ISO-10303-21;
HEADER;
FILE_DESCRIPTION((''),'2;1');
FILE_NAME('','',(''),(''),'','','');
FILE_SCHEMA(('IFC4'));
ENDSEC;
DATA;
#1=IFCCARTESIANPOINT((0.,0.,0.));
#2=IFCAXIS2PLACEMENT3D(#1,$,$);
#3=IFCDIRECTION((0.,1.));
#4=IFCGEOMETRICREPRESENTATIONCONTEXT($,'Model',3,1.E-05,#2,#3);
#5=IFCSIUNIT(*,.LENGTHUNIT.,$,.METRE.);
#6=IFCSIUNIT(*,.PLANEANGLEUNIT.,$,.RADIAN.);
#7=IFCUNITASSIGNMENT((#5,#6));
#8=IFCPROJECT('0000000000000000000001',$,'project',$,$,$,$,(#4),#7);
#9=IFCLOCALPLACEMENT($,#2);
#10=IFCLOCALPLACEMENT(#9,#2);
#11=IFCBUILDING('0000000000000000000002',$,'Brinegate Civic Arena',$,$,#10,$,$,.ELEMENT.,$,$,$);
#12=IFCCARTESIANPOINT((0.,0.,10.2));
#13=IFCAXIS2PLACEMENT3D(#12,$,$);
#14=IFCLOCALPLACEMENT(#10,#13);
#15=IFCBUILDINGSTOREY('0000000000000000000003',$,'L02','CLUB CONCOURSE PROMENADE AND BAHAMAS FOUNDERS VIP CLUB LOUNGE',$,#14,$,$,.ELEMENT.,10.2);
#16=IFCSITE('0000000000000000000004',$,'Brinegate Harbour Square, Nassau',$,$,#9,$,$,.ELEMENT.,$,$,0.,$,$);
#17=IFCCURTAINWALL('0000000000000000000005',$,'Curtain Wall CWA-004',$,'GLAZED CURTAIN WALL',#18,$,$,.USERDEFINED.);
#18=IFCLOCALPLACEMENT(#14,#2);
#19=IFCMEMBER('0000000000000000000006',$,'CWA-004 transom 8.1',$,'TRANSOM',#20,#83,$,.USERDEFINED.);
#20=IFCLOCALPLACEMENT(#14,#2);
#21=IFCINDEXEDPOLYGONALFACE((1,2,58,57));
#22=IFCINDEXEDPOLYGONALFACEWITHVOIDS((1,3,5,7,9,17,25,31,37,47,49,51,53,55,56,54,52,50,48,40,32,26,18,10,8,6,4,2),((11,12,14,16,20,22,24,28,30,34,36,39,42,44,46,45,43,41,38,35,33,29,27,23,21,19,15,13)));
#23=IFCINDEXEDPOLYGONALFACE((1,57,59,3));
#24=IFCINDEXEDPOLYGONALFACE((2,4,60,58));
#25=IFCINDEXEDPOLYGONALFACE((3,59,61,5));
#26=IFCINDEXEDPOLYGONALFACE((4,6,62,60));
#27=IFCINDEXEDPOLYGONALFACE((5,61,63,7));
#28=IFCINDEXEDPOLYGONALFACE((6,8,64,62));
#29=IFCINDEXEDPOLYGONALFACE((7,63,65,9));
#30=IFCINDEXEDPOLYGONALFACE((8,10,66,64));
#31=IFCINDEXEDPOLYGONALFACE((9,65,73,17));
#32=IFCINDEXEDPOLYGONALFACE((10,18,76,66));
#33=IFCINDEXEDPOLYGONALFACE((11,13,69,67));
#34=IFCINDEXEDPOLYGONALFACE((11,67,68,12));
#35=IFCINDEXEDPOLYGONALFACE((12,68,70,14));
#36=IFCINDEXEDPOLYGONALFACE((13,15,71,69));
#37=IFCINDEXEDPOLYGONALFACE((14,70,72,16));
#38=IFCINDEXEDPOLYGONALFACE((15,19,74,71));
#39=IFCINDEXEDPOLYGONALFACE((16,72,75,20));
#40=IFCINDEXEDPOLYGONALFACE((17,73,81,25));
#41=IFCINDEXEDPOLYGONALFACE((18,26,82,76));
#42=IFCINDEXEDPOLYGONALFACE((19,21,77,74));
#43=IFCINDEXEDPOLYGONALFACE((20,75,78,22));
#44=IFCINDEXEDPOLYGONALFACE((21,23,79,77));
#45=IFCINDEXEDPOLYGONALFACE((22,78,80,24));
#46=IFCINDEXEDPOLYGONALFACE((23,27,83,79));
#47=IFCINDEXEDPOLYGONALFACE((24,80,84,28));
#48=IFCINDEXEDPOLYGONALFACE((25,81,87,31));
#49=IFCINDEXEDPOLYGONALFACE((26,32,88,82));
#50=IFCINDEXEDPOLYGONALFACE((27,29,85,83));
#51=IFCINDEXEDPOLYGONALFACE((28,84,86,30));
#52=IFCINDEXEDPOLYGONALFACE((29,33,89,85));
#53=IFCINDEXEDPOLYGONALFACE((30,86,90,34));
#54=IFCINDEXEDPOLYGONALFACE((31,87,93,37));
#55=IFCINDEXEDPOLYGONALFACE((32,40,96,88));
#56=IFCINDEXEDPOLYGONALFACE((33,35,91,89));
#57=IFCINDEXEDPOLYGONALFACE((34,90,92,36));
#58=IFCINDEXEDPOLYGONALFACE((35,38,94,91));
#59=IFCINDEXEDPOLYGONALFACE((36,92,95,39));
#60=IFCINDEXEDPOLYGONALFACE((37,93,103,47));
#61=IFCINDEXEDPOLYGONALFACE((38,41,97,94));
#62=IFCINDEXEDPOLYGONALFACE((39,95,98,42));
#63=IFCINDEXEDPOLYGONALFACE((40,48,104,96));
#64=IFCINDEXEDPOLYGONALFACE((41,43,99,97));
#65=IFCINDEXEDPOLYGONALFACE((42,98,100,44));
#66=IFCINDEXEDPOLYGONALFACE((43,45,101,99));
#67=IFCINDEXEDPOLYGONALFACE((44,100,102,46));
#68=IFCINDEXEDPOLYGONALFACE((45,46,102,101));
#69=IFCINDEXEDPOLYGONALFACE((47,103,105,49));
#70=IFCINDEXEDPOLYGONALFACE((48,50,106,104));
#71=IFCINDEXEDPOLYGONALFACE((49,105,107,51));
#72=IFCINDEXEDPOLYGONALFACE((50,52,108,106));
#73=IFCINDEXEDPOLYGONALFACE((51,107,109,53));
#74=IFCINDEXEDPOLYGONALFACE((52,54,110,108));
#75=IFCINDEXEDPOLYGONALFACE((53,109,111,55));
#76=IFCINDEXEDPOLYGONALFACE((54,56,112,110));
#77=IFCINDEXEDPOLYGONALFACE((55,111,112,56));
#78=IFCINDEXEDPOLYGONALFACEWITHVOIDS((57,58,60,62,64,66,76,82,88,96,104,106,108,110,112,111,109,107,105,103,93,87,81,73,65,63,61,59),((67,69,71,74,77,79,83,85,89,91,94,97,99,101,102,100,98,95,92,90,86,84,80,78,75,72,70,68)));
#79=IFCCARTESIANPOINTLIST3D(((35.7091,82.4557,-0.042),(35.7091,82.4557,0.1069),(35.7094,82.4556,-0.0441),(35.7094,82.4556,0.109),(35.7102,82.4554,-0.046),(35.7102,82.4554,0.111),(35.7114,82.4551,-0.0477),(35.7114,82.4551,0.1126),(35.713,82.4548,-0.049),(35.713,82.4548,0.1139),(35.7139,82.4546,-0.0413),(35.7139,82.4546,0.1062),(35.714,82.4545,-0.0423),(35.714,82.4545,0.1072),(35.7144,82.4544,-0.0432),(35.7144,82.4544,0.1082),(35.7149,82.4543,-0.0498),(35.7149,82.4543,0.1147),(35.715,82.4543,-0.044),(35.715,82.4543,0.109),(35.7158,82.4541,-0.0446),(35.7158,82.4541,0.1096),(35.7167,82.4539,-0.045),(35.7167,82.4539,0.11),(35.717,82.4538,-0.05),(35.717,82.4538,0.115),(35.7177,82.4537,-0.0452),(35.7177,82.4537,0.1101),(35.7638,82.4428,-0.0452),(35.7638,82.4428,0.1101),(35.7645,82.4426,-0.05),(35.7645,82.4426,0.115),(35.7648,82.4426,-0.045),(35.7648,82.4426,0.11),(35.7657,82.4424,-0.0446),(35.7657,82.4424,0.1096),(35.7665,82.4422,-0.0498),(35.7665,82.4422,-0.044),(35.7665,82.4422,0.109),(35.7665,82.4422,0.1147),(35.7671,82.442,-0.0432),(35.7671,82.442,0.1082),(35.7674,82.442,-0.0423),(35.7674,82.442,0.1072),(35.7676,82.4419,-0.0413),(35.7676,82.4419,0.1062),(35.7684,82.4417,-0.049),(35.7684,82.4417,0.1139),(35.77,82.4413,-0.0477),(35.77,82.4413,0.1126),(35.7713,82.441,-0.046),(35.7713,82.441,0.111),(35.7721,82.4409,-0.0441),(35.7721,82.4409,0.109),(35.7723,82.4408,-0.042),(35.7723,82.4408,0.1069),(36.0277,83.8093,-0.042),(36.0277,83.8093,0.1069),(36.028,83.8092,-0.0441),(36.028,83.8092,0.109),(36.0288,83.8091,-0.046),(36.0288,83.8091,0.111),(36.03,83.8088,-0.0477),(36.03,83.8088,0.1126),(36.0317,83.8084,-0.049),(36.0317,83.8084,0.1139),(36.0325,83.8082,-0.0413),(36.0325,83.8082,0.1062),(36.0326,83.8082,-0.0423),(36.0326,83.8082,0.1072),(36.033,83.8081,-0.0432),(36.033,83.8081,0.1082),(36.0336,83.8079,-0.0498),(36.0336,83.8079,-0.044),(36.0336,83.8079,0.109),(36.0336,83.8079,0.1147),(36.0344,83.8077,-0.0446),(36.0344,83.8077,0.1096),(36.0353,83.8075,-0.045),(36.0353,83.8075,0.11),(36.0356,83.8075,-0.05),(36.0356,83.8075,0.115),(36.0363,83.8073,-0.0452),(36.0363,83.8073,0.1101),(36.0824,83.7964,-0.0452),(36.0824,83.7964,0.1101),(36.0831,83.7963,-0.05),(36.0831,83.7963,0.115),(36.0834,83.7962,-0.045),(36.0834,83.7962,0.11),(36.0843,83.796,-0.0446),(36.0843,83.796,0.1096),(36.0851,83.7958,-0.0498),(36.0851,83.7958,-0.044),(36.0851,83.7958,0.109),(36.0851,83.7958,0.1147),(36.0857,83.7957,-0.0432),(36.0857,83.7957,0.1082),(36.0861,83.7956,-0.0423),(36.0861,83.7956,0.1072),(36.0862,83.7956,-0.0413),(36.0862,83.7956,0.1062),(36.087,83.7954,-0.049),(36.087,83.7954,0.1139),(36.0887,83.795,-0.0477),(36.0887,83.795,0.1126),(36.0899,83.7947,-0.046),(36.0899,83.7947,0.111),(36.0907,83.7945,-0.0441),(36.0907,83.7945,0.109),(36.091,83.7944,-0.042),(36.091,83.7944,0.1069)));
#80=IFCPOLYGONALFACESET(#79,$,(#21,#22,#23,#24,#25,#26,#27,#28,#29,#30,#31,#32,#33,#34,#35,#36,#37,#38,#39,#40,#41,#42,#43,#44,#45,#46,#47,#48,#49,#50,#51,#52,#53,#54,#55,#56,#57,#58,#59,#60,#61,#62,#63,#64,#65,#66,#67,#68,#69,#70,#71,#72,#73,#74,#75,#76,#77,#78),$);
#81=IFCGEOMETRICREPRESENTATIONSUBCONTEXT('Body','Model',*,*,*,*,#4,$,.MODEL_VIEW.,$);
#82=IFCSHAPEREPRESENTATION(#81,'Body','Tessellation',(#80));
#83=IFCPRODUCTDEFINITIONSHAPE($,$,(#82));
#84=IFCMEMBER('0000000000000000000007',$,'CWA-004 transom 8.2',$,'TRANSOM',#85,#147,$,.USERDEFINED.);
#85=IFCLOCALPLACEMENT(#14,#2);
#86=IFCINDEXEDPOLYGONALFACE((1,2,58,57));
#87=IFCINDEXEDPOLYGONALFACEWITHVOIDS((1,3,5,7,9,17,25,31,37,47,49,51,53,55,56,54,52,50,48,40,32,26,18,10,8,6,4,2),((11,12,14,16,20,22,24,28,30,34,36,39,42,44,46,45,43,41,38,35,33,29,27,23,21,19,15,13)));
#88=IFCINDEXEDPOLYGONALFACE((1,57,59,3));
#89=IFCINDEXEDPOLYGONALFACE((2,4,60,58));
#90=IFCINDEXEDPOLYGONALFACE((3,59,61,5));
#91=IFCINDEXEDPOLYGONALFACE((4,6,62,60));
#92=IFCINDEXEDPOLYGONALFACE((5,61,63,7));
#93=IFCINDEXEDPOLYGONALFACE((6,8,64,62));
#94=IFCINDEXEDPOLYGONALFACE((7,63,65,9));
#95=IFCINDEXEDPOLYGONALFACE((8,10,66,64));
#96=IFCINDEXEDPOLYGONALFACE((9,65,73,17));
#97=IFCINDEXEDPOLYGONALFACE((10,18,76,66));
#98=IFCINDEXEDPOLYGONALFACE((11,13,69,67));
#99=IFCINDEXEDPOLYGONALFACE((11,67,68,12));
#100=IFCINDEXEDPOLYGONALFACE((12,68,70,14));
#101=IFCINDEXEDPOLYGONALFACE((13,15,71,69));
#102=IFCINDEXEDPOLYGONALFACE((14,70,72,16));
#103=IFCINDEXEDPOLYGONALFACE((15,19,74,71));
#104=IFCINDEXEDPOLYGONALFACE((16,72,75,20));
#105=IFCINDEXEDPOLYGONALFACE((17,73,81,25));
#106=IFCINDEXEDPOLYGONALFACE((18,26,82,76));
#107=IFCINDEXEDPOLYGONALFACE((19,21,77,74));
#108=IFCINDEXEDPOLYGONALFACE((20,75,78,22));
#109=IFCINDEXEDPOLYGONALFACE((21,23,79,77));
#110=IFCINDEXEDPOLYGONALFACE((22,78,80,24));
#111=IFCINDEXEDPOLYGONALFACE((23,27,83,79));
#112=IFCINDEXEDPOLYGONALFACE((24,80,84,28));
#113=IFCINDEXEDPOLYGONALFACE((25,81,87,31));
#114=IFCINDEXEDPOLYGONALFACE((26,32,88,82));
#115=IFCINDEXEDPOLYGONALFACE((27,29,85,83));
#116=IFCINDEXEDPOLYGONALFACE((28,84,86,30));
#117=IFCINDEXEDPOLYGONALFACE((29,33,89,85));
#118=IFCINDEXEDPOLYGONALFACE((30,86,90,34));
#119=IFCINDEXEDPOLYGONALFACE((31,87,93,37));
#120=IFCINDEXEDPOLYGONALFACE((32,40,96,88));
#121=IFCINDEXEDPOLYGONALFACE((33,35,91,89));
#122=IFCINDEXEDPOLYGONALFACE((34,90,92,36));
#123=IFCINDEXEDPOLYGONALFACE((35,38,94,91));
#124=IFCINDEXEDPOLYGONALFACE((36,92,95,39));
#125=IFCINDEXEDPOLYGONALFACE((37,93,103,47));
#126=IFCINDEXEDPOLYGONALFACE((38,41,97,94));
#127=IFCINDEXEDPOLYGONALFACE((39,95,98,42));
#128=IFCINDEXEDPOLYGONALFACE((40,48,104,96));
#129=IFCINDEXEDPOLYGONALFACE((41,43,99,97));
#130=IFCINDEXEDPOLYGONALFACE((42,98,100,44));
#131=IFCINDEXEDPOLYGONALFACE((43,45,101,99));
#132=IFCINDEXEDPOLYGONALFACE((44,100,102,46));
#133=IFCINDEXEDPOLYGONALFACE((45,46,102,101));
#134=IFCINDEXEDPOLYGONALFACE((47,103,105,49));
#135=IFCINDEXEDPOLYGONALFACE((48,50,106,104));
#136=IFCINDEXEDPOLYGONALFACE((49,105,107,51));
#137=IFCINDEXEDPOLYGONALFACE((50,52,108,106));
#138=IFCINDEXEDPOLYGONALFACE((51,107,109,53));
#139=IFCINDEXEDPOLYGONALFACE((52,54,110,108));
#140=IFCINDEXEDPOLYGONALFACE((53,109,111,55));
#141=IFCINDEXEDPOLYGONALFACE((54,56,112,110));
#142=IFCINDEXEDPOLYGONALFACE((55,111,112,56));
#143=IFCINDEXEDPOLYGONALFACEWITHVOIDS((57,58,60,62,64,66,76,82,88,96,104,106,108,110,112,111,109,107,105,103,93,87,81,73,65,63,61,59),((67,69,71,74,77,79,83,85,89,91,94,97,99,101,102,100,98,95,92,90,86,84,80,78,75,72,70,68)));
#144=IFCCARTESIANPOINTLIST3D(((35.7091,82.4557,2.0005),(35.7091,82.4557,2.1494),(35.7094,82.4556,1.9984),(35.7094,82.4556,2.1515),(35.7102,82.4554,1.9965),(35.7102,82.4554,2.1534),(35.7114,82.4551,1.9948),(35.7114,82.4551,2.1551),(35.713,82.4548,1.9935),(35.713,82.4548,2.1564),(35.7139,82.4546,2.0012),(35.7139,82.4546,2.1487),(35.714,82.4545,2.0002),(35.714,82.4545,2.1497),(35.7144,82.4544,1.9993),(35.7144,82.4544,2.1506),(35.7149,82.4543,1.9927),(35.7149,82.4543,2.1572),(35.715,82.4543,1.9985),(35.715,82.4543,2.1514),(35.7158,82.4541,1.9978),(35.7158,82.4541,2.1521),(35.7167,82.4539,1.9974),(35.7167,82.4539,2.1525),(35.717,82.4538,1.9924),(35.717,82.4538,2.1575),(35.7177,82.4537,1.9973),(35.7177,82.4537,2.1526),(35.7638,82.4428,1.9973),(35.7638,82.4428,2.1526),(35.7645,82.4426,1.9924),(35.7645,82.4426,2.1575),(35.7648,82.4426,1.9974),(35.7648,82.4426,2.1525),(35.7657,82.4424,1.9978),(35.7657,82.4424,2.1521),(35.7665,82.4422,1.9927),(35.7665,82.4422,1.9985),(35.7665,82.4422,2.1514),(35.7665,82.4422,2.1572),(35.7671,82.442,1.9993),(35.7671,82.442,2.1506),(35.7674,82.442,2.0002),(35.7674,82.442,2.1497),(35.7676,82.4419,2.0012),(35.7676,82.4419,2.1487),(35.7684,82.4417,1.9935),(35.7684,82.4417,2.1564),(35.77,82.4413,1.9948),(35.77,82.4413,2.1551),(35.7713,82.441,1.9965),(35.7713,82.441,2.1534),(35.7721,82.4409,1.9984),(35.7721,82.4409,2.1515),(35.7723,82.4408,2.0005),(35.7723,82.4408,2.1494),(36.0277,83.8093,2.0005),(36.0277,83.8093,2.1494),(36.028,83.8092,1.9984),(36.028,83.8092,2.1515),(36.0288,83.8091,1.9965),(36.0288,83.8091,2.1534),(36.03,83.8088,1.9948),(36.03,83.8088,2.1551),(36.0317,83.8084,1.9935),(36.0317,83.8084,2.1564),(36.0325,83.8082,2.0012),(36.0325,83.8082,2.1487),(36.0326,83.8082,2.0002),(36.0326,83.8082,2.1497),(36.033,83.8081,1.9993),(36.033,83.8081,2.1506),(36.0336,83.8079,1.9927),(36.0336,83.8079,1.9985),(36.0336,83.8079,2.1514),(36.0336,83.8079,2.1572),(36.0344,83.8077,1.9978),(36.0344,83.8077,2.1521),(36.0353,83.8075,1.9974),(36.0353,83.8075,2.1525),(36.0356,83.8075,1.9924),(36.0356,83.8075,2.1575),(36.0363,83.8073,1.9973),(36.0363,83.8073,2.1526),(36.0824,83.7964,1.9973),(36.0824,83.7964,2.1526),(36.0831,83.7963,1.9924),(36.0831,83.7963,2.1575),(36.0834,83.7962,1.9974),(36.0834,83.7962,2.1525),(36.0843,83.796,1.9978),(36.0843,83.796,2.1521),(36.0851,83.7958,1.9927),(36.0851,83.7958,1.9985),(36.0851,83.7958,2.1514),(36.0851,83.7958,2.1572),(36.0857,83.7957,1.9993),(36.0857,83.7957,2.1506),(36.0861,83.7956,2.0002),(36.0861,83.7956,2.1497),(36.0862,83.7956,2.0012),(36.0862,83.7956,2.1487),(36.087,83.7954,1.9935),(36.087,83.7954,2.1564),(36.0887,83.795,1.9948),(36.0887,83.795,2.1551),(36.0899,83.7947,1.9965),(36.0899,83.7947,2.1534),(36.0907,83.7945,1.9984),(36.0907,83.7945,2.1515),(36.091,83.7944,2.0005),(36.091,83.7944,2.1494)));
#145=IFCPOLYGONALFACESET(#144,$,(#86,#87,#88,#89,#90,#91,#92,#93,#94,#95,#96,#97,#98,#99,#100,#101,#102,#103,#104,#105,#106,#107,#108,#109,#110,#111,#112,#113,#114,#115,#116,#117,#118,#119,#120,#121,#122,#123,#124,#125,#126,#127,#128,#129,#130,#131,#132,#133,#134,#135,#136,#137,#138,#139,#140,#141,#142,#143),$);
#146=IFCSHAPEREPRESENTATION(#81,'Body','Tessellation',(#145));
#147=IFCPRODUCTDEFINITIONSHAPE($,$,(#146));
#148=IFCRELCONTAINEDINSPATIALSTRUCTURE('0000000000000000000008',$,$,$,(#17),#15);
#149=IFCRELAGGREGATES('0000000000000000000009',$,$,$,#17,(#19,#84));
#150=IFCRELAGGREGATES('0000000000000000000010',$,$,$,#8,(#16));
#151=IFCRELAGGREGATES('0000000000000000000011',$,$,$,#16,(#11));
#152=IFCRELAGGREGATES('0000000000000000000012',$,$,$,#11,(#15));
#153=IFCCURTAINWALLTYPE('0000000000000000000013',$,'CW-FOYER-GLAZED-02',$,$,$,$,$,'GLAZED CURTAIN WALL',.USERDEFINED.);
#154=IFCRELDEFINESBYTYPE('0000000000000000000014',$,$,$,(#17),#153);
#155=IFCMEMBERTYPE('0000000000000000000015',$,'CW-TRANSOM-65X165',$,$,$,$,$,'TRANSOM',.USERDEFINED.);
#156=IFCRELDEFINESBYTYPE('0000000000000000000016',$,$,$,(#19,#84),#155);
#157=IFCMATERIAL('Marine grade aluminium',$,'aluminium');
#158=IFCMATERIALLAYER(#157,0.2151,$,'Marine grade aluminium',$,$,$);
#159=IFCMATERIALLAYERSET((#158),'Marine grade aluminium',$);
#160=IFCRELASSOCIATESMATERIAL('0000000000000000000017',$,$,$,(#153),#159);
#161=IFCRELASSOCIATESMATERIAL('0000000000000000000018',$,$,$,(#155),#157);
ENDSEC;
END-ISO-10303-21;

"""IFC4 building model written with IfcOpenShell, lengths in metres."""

from ifc_helpers import new_model, si_unit, direction, frame, origin, origin_2d, place, context, subcontext, project, spatial, hollow_rectangle, extrude, material, layer, layer_set, material_profile, profile_set, type_object, element, aggregate, save


model = new_model("IFC4")

# Units and contexts
model_context = context("Model", 3, precision=1e-05, world=origin(), true_north=direction((0.0, 1.0)))
body_context = subcontext(model_context, "Body", "Model", "MODEL_VIEW")
ifc_project = project(units=[si_unit("LENGTHUNIT", "METRE"), si_unit("PLANEANGLEUNIT", "RADIAN")], contexts=[model_context])

# Site, building, storey
site_placement = place(None, origin())
site = spatial("IfcSite", under=ifc_project, at=site_placement, Name="Brinegate Harbour Square, Nassau", CompositionType="ELEMENT", RefElevation=0.0)
building_placement = place(site_placement, origin())
building = spatial("IfcBuilding", under=site, at=building_placement, Name="Brinegate Civic Arena", CompositionType="ELEMENT")
storey_placement = place(building_placement, frame((0.0, 0.0, 10.2)))
storey = spatial("IfcBuildingStorey", under=building, at=storey_placement, Name="L02", Description="CLUB CONCOURSE PROMENADE AND BAHAMAS FOUNDERS VIP CLUB LOUNGE", CompositionType="ELEMENT", Elevation=10.2)

# Curtain wall, members
ifc_material_1 = material(Name="Marine grade aluminium", Category="aluminium")
ifc_layer_1 = layer(ifc_material_1, 0.2151, Name="Marine grade aluminium")
ifc_layer_set_1 = layer_set([ifc_layer_1], Name="Marine grade aluminium")
curtain_wall_type = type_object("IfcCurtainWallType", Name="CW-FOYER-GLAZED-02", ElementType="GLAZED CURTAIN WALL", PredefinedType="USERDEFINED", material=ifc_layer_set_1)
curtain_wall_placement = place(storey_placement, origin())
curtain_wall = element("IfcCurtainWall", 1, at=curtain_wall_placement, inside=storey, type_object=curtain_wall_type, Name="Curtain Wall CWA-004", ObjectType="GLAZED CURTAIN WALL", PredefinedType="USERDEFINED")
ifc_material_profile_1 = material_profile(ifc_material_1, hollow_rectangle(XDim=0.0649, YDim=0.165, WallThickness=0.0049, InnerFilletRadius=0.0039, OuterFilletRadius=0.0081, at=origin_2d()), Name="TRN65X165")
ifc_profile_set_1 = profile_set([ifc_material_profile_1], Name="Marine grade aluminium")
member_type_1 = type_object("IfcMemberType", Name="CW-TRANSOM-65X165", ElementType="TRANSOM", PredefinedType="USERDEFINED", material=ifc_profile_set_1)
member_1_placement = place(storey_placement, frame((35.7407, 82.4482, 0.0325), z_axis=(0.229127, 0.973396, 0.0), x_axis=(-0.973396, 0.229127, 0.0)))
member_1 = element("IfcMember", 2, at=member_1_placement, type_object=member_type_1, Name="CWA-004 transom 8.1", ObjectType="TRANSOM", PredefinedType="USERDEFINED", context=body_context, shape_type="SweptSolid", body=[
    extrude(hollow_rectangle(XDim=0.0649, YDim=0.165, WallThickness=0.0049, InnerFilletRadius=0.0039, OuterFilletRadius=0.0081, at=origin_2d()), origin(), (0.0, 0.0, 1.0), 1.3906),
])
member_2_placement = place(storey_placement, frame((35.7407, 82.4482, 2.075), z_axis=(0.229127, 0.973396, 0.0), x_axis=(-0.973396, 0.229127, 0.0)))
member_2 = element("IfcMember", 3, at=member_2_placement, type_object=member_type_1, Name="CWA-004 transom 8.2", ObjectType="TRANSOM", PredefinedType="USERDEFINED", context=body_context, shape_type="SweptSolid", body=[
    extrude(hollow_rectangle(XDim=0.0649, YDim=0.165, WallThickness=0.0049, InnerFilletRadius=0.0039, OuterFilletRadius=0.0081, at=origin_2d()), origin(), (0.0, 0.0, 1.0), 1.3906),
])

aggregate(curtain_wall, [member_1, member_2])

save(model, "model.ifc")
